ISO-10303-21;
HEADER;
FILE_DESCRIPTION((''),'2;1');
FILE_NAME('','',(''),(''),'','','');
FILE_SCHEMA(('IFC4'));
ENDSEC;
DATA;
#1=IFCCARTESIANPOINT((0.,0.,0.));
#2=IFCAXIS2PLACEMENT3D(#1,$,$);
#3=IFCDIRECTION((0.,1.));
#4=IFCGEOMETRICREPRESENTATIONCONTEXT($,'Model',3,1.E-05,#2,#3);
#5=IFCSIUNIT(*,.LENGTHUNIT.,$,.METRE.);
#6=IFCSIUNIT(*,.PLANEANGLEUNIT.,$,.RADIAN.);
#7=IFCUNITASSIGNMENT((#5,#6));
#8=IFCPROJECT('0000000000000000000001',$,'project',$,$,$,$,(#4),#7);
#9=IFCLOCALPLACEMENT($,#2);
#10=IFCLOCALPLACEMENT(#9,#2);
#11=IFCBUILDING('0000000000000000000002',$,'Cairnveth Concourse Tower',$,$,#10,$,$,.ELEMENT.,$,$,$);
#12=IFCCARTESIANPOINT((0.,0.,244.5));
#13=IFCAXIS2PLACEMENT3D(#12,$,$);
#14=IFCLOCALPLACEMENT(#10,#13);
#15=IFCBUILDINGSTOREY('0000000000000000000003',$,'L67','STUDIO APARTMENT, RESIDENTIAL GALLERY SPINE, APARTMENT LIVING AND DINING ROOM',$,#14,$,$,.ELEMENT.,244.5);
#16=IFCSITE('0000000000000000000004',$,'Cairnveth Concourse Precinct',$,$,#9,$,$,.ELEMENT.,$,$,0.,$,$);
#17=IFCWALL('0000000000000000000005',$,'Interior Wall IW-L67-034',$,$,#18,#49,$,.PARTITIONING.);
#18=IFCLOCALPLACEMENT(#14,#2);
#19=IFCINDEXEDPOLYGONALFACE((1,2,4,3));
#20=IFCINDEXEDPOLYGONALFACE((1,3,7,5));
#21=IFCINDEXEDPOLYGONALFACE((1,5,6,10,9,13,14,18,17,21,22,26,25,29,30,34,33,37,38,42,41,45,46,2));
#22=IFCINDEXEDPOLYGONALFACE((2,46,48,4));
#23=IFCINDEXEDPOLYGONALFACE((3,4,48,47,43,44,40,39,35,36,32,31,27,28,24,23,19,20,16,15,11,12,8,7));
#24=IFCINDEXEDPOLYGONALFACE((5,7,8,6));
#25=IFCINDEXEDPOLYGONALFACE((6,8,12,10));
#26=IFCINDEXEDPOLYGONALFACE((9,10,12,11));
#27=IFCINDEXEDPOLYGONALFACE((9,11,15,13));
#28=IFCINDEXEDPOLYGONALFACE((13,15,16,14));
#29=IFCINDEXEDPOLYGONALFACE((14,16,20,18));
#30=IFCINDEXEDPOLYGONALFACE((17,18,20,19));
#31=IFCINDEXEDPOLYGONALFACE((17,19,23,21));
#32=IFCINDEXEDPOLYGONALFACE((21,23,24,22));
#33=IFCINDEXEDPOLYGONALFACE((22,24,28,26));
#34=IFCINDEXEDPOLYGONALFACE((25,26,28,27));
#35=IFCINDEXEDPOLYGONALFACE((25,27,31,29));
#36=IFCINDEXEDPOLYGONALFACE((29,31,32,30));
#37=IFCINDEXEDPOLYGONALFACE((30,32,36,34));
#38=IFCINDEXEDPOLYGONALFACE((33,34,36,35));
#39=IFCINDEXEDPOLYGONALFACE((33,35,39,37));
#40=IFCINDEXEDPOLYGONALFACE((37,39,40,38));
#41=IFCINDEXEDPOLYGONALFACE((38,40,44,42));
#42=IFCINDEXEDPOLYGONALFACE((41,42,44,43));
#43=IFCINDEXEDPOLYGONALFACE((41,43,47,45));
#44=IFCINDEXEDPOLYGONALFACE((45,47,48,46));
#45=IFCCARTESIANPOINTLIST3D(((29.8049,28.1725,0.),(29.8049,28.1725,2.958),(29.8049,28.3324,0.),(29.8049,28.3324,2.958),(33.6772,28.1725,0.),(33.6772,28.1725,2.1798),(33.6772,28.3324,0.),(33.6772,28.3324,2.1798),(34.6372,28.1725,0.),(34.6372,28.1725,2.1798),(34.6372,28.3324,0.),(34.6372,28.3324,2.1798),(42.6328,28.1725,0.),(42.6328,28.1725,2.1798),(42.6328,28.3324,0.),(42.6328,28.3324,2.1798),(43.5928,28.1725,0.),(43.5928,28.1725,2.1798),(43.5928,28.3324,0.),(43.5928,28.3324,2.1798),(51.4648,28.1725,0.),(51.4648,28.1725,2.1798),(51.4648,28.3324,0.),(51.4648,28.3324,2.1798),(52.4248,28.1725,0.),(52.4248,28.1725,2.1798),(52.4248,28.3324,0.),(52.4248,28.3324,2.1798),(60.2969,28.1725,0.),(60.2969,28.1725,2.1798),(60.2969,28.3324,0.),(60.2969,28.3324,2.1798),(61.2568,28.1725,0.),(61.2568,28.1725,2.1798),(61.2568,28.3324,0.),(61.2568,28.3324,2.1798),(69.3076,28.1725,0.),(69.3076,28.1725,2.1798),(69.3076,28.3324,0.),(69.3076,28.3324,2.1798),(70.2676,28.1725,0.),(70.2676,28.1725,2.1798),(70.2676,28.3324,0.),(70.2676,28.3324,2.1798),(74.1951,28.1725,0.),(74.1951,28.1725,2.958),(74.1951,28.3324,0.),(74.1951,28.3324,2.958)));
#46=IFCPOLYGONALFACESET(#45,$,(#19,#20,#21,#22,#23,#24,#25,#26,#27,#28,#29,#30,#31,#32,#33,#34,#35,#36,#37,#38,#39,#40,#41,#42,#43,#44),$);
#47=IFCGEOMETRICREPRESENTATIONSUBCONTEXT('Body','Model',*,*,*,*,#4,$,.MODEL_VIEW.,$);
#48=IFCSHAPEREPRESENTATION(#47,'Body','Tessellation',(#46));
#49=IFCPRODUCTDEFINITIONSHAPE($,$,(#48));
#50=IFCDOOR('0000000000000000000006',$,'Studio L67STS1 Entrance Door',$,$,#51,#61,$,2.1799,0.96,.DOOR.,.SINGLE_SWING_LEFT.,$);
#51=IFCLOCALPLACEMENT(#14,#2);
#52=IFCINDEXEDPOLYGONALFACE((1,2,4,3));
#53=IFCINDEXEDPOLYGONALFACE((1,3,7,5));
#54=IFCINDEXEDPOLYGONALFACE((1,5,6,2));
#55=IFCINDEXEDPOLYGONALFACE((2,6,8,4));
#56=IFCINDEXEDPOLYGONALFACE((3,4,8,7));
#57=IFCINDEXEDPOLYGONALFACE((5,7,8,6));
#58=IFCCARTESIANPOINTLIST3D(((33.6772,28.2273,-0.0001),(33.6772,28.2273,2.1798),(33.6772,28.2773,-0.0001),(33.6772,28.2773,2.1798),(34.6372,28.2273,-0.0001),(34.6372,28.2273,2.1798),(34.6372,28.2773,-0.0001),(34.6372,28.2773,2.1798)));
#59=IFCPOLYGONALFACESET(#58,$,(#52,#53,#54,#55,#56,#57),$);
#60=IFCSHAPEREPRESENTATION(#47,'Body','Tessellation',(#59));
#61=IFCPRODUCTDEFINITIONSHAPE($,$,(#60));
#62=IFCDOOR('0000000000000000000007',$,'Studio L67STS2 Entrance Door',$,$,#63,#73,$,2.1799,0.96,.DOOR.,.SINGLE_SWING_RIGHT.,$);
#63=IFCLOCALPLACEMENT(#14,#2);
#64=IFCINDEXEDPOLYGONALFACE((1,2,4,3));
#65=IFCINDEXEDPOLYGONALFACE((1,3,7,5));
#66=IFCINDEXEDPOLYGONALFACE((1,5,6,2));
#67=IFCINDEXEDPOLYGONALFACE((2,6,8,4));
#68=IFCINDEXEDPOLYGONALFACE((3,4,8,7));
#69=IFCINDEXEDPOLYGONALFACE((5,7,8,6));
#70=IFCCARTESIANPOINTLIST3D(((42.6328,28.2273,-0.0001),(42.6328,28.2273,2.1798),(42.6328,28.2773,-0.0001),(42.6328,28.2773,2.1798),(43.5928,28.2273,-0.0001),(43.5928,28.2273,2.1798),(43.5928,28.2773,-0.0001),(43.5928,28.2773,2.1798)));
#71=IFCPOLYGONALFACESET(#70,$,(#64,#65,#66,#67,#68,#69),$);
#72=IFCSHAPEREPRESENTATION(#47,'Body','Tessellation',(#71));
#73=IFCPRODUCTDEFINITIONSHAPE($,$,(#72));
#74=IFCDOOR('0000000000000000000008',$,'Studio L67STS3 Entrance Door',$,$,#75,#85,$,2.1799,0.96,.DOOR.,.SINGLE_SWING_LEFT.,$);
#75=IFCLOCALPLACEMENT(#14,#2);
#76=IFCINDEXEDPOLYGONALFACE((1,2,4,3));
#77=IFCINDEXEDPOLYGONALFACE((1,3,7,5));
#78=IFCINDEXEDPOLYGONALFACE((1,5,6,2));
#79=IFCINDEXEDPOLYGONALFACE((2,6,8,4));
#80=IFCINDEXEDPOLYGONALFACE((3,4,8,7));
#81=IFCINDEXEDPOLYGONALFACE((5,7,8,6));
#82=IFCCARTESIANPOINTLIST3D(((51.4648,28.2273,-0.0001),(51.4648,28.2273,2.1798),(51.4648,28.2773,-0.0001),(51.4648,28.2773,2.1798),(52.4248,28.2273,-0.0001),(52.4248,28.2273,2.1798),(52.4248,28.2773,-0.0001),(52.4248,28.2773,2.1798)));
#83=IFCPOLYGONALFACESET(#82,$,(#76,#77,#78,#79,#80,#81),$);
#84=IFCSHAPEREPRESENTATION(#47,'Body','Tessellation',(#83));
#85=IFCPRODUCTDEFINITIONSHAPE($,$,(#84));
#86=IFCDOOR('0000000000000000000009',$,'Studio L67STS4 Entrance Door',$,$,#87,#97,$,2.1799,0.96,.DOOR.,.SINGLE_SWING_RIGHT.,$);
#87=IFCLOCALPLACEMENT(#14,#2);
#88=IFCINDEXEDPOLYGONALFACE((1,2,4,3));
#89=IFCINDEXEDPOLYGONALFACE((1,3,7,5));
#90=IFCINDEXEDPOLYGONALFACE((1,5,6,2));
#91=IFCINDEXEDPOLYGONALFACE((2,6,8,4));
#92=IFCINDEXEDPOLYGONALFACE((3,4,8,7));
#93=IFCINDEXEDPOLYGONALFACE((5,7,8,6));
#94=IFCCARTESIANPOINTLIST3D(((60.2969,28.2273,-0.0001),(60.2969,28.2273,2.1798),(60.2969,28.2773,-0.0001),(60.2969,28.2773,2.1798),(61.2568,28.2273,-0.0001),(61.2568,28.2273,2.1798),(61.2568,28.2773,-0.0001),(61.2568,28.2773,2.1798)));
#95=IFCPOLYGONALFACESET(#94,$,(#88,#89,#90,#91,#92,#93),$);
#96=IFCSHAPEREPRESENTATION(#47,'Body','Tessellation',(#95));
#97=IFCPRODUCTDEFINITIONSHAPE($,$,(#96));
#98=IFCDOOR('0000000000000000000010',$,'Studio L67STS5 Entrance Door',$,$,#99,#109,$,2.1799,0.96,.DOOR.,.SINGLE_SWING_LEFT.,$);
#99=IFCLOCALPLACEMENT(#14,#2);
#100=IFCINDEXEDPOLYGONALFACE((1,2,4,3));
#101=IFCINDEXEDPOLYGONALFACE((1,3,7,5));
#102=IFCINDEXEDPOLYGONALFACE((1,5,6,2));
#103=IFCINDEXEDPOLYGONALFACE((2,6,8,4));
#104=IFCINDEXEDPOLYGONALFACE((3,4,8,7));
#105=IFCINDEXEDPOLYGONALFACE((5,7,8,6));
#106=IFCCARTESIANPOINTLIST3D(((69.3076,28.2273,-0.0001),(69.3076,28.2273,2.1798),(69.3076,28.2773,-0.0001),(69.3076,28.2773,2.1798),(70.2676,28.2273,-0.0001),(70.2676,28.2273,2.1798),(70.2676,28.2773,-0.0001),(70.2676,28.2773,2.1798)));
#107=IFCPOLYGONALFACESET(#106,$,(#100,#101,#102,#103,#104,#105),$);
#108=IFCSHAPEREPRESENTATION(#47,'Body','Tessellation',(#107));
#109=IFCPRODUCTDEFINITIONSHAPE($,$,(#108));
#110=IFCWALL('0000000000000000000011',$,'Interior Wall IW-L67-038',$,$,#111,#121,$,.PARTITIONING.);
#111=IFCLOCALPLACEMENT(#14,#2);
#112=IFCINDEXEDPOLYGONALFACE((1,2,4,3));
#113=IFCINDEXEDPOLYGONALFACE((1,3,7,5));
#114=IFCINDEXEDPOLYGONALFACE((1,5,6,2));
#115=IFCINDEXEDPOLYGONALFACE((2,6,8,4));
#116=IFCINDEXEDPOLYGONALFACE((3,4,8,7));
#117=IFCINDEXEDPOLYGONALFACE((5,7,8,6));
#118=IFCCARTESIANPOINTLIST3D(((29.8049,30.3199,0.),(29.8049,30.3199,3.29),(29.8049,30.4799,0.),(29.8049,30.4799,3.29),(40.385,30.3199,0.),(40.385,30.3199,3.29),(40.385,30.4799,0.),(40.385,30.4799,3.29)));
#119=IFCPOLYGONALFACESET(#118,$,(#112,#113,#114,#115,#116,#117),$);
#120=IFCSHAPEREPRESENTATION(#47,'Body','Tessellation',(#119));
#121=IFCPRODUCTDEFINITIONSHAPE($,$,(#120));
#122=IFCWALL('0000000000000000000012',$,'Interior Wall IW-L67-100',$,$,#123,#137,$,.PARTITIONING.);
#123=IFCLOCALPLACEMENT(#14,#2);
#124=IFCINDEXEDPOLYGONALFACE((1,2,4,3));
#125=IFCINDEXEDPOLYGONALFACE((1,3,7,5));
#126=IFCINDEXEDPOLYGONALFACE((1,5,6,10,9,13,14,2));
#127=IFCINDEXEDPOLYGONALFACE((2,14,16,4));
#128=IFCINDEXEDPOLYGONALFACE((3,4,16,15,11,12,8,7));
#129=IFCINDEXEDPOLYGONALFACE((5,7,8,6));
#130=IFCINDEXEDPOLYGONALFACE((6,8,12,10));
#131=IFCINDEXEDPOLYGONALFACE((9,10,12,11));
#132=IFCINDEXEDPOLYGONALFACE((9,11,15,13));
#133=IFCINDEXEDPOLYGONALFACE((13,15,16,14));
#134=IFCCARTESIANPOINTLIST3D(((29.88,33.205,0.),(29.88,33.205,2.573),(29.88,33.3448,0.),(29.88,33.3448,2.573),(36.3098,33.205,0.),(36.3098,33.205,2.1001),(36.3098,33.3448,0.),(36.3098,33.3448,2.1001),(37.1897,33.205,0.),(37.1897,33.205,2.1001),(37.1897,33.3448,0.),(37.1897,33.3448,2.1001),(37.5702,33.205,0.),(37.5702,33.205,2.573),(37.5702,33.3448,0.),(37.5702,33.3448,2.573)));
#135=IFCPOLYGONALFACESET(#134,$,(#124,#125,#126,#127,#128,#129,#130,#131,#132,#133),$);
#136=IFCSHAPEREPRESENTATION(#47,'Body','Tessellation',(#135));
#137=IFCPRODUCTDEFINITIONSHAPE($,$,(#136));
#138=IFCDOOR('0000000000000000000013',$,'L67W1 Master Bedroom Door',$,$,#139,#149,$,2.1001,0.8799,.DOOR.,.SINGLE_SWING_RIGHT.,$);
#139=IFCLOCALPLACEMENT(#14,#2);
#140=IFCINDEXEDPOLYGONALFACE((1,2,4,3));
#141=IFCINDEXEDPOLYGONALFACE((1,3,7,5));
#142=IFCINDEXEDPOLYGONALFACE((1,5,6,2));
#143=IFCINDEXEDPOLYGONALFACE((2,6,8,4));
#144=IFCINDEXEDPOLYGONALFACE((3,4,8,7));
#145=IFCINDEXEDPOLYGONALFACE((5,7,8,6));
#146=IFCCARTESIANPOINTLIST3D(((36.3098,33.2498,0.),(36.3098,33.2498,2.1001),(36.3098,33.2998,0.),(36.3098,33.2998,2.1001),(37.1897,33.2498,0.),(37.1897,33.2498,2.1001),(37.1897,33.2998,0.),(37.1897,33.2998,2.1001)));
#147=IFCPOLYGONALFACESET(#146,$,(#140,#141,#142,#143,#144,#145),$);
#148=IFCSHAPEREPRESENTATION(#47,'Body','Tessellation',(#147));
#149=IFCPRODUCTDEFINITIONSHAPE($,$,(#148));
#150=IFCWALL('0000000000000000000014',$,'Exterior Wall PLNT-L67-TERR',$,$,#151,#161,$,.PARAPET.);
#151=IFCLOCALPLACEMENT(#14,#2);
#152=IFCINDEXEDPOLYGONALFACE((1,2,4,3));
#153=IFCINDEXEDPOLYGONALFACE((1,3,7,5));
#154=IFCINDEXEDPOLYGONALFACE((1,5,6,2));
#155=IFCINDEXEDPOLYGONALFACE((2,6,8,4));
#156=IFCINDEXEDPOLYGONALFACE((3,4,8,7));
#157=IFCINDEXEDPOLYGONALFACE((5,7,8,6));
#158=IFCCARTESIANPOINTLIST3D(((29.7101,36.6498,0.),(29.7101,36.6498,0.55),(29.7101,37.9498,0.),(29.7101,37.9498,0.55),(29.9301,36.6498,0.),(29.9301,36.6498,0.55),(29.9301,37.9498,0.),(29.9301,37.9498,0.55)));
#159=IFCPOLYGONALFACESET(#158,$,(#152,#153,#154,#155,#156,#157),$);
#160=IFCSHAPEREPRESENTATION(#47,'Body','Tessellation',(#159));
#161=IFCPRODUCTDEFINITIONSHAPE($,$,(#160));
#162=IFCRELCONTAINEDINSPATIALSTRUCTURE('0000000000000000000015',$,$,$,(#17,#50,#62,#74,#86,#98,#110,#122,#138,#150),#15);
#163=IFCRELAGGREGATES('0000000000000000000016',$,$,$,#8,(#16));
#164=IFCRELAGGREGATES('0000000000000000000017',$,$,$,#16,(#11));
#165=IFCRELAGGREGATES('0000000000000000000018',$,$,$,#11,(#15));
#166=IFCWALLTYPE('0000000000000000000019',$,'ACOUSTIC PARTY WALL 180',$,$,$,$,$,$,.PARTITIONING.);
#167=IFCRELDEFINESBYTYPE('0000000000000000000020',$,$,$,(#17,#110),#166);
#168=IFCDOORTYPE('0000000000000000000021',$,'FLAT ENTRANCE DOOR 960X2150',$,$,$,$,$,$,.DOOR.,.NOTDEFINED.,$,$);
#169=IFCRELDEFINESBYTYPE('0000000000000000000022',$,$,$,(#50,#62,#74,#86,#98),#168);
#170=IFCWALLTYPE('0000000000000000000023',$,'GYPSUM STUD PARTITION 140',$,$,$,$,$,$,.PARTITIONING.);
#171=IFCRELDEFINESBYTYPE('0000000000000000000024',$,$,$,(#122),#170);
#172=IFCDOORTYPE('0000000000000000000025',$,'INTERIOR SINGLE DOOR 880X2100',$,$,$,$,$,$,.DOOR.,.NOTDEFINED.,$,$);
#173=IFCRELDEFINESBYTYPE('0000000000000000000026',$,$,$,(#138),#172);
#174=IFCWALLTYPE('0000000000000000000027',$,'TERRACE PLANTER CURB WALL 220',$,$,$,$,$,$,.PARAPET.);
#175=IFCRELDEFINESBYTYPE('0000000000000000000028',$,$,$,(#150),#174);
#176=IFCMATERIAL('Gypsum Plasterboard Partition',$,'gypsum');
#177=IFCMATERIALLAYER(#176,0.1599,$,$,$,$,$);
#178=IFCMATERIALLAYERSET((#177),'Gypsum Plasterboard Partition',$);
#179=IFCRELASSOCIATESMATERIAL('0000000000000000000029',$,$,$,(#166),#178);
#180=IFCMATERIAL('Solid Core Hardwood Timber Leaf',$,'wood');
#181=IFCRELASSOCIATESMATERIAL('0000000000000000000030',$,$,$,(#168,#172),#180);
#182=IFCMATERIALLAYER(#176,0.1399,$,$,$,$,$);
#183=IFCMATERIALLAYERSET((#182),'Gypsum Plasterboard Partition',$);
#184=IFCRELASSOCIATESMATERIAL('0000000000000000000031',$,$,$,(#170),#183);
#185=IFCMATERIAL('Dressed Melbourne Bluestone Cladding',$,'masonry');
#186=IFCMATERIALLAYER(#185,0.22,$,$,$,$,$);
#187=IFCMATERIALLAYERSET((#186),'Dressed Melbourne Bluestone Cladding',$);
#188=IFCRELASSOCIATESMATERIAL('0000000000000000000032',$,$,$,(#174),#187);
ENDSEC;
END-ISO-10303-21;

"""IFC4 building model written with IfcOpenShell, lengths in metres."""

from ifc_helpers import new_model, si_unit, direction, frame, frame_2d, origin, place, context, subcontext, project, spatial, rectangle, extrude, material, layer, layer_set, type_object, element, fill, save


model = new_model("IFC4")

# Units and contexts
model_context = context("Model", 3, precision=1e-05, world=origin(), true_north=direction((0.0, 1.0)))
body_context = subcontext(model_context, "Body", "Model", "MODEL_VIEW")
ifc_project = project(units=[si_unit("LENGTHUNIT", "METRE"), si_unit("PLANEANGLEUNIT", "RADIAN")], contexts=[model_context])

# Site, building, storey
site_placement = place(None, origin())
site = spatial("IfcSite", under=ifc_project, at=site_placement, Name="Cairnveth Concourse Precinct", CompositionType="ELEMENT", RefElevation=0.0)
building_placement = place(site_placement, origin())
building = spatial("IfcBuilding", under=site, at=building_placement, Name="Cairnveth Concourse Tower", CompositionType="ELEMENT")
storey_placement = place(building_placement, frame((0.0, 0.0, 244.5)))
storey = spatial("IfcBuildingStorey", under=building, at=storey_placement, Name="L67", Description="STUDIO APARTMENT, RESIDENTIAL GALLERY SPINE, APARTMENT LIVING AND DINING ROOM", CompositionType="ELEMENT", Elevation=244.5)

# Wall, openings, doors
ifc_material_1 = material(Name="Gypsum Plasterboard Partition", Category="gypsum")
ifc_layer_1 = layer(ifc_material_1, 0.1599)
ifc_layer_set_1 = layer_set([ifc_layer_1], Name="Gypsum Plasterboard Partition")
wall_type_1 = type_object("IfcWallType", Name="ACOUSTIC PARTY WALL 180", PredefinedType="PARTITIONING", material=ifc_layer_set_1)
wall_1_placement = place(storey_placement, frame((29.8049, 28.2524, 0.0), z_axis=(0.0, 0.0, 1.0), x_axis=(1.0, 0.0, 0.0)))
wall_1 = element("IfcWall", 1, at=wall_1_placement, inside=storey, type_object=wall_type_1, Name="Interior Wall IW-L67-034", PredefinedType="PARTITIONING", context=body_context, shape_type="SweptSolid", body=[
    extrude(rectangle(XDim=44.3901, YDim=0.1599, at=frame_2d((22.1951, 0.0))), origin(), (0.0, 0.0, 1.0), 2.958),
])
opening_1_placement = place(wall_1_placement, frame((3.8723, 0.0, 0.0)))
opening_1 = element("IfcOpeningElement", 2, at=opening_1_placement, cuts=wall_1, PredefinedType="OPENING", context=body_context, shape_type="SweptSolid", body=[
    extrude(rectangle(XDim=0.96, YDim=2.1799, at=frame_2d((0.48, 1.0898))), frame((0.0, 0.0898, 0.0), z_axis=(0.0, -1.0, 0.0), x_axis=(1.0, 0.0, 0.0)), (0.0, 0.0, 1.0), 0.1799),
])
opening_2_placement = place(wall_1_placement, frame((12.8279, 0.0, 0.0)))
opening_2 = element("IfcOpeningElement", 3, at=opening_2_placement, cuts=wall_1, PredefinedType="OPENING", context=body_context, shape_type="SweptSolid", body=[
    extrude(rectangle(XDim=0.96, YDim=2.1799, at=frame_2d((0.48, 1.0898))), frame((0.0, 0.0898, 0.0), z_axis=(0.0, -1.0, 0.0), x_axis=(1.0, 0.0, 0.0)), (0.0, 0.0, 1.0), 0.1799),
])
opening_3_placement = place(wall_1_placement, frame((21.6599, 0.0, 0.0)))
opening_3 = element("IfcOpeningElement", 4, at=opening_3_placement, cuts=wall_1, PredefinedType="OPENING", context=body_context, shape_type="SweptSolid", body=[
    extrude(rectangle(XDim=0.96, YDim=2.1799, at=frame_2d((0.48, 1.0898))), frame((0.0, 0.0898, 0.0), z_axis=(0.0, -1.0, 0.0), x_axis=(1.0, 0.0, 0.0)), (0.0, 0.0, 1.0), 0.1799),
])
opening_4_placement = place(wall_1_placement, frame((30.4919, 0.0, 0.0)))
opening_4 = element("IfcOpeningElement", 5, at=opening_4_placement, cuts=wall_1, PredefinedType="OPENING", context=body_context, shape_type="SweptSolid", body=[
    extrude(rectangle(XDim=0.96, YDim=2.1799, at=frame_2d((0.48, 1.0898))), frame((0.0, 0.0898, 0.0), z_axis=(0.0, -1.0, 0.0), x_axis=(1.0, 0.0, 0.0)), (0.0, 0.0, 1.0), 0.1799),
])
opening_5_placement = place(wall_1_placement, frame((39.5027, 0.0, 0.0)))
opening_5 = element("IfcOpeningElement", 6, at=opening_5_placement, cuts=wall_1, PredefinedType="OPENING", context=body_context, shape_type="SweptSolid", body=[
    extrude(rectangle(XDim=0.96, YDim=2.1799, at=frame_2d((0.48, 1.0898))), frame((0.0, 0.0898, 0.0), z_axis=(0.0, -1.0, 0.0), x_axis=(1.0, 0.0, 0.0)), (0.0, 0.0, 1.0), 0.1799),
])
ifc_material_2 = material(Name="Solid Core Hardwood Timber Leaf", Category="wood")
door_type_1 = type_object("IfcDoorType", Name="FLAT ENTRANCE DOOR 960X2150", OperationType="NOTDEFINED", PredefinedType="DOOR", material=ifc_material_2)
door_1_placement = place(opening_1_placement, origin())
door_1 = element("IfcDoor", 7, at=door_1_placement, inside=storey, type_object=door_type_1, Name="Studio L67STS1 Entrance Door", OperationType="SINGLE_SWING_LEFT", OverallHeight=2.1799, OverallWidth=0.96, PredefinedType="DOOR", context=body_context, shape_type="SweptSolid", body=[
    extrude(rectangle(XDim=0.96, YDim=2.1799, at=frame_2d((0.48, 1.0898))), frame((0.0, 0.0249, 0.0), z_axis=(0.0, -1.0, 0.0), x_axis=(1.0, 0.0, 0.0)), (0.0, 0.0, 1.0), 0.05),
])
fill(opening_1, door_1)
door_2_placement = place(opening_2_placement, origin())
door_2 = element("IfcDoor", 8, at=door_2_placement, inside=storey, type_object=door_type_1, Name="Studio L67STS2 Entrance Door", OperationType="SINGLE_SWING_RIGHT", OverallHeight=2.1799, OverallWidth=0.96, PredefinedType="DOOR", context=body_context, shape_type="SweptSolid", body=[
    extrude(rectangle(XDim=0.96, YDim=2.1799, at=frame_2d((0.48, 1.0898))), frame((0.0, 0.0249, 0.0), z_axis=(0.0, -1.0, 0.0), x_axis=(1.0, 0.0, 0.0)), (0.0, 0.0, 1.0), 0.05),
])
fill(opening_2, door_2)
door_3_placement = place(opening_3_placement, origin())
door_3 = element("IfcDoor", 9, at=door_3_placement, inside=storey, type_object=door_type_1, Name="Studio L67STS3 Entrance Door", OperationType="SINGLE_SWING_LEFT", OverallHeight=2.1799, OverallWidth=0.96, PredefinedType="DOOR", context=body_context, shape_type="SweptSolid", body=[
    extrude(rectangle(XDim=0.96, YDim=2.1799, at=frame_2d((0.48, 1.0898))), frame((0.0, 0.0249, 0.0), z_axis=(0.0, -1.0, 0.0), x_axis=(1.0, 0.0, 0.0)), (0.0, 0.0, 1.0), 0.05),
])
fill(opening_3, door_3)
door_4_placement = place(opening_4_placement, origin())
door_4 = element("IfcDoor", 10, at=door_4_placement, inside=storey, type_object=door_type_1, Name="Studio L67STS4 Entrance Door", OperationType="SINGLE_SWING_RIGHT", OverallHeight=2.1799, OverallWidth=0.96, PredefinedType="DOOR", context=body_context, shape_type="SweptSolid", body=[
    extrude(rectangle(XDim=0.96, YDim=2.1799, at=frame_2d((0.48, 1.0898))), frame((0.0, 0.0249, 0.0), z_axis=(0.0, -1.0, 0.0), x_axis=(1.0, 0.0, 0.0)), (0.0, 0.0, 1.0), 0.05),
])
fill(opening_4, door_4)
door_5_placement = place(opening_5_placement, origin())
door_5 = element("IfcDoor", 11, at=door_5_placement, inside=storey, type_object=door_type_1, Name="Studio L67STS5 Entrance Door", OperationType="SINGLE_SWING_LEFT", OverallHeight=2.1799, OverallWidth=0.96, PredefinedType="DOOR", context=body_context, shape_type="SweptSolid", body=[
    extrude(rectangle(XDim=0.96, YDim=2.1799, at=frame_2d((0.48, 1.0898))), frame((0.0, 0.0249, 0.0), z_axis=(0.0, -1.0, 0.0), x_axis=(1.0, 0.0, 0.0)), (0.0, 0.0, 1.0), 0.05),
])
fill(opening_5, door_5)

# Wall
wall_2_placement = place(storey_placement, frame((29.8049, 30.3999, 0.0), z_axis=(0.0, 0.0, 1.0), x_axis=(1.0, 0.0, 0.0)))
element("IfcWall", 12, at=wall_2_placement, inside=storey, type_object=wall_type_1, Name="Interior Wall IW-L67-038", PredefinedType="PARTITIONING", context=body_context, shape_type="SweptSolid", body=[
    extrude(rectangle(XDim=10.5801, YDim=0.1599, at=frame_2d((5.29, 0.0))), origin(), (0.0, 0.0, 1.0), 3.29),
])

# Wall, opening, door
ifc_layer_2 = layer(ifc_material_1, 0.1399)
ifc_layer_set_2 = layer_set([ifc_layer_2], Name="Gypsum Plasterboard Partition")
wall_type_2 = type_object("IfcWallType", Name="GYPSUM STUD PARTITION 140", PredefinedType="PARTITIONING", material=ifc_layer_set_2)
wall_3_placement = place(storey_placement, frame((29.8799, 33.2749, 0.0), z_axis=(0.0, 0.0, 1.0), x_axis=(1.0, 0.0, 0.0)))
wall_3 = element("IfcWall", 13, at=wall_3_placement, inside=storey, type_object=wall_type_2, Name="Interior Wall IW-L67-100", PredefinedType="PARTITIONING", context=body_context, shape_type="SweptSolid", body=[
    extrude(rectangle(XDim=7.6902, YDim=0.1399, at=frame_2d((3.8452, 0.0))), origin(), (0.0, 0.0, 1.0), 2.573),
])
opening_6_placement = place(wall_3_placement, frame((6.4299, 0.0, 0.0)))
opening_6 = element("IfcOpeningElement", 14, at=opening_6_placement, cuts=wall_3, PredefinedType="OPENING", context=body_context, shape_type="SweptSolid", body=[
    extrude(rectangle(XDim=0.8799, YDim=2.1001, at=frame_2d((0.4399, 1.05))), frame((0.0, 0.0798, 0.0), z_axis=(0.0, -1.0, 0.0), x_axis=(1.0, 0.0, 0.0)), (0.0, 0.0, 1.0), 0.1599),
])
door_type_2 = type_object("IfcDoorType", Name="INTERIOR SINGLE DOOR 880X2100", OperationType="NOTDEFINED", PredefinedType="DOOR", material=ifc_material_2)
door_6_placement = place(opening_6_placement, origin())
door_6 = element("IfcDoor", 15, at=door_6_placement, inside=storey, type_object=door_type_2, Name="L67W1 Master Bedroom Door", OperationType="SINGLE_SWING_RIGHT", OverallHeight=2.1001, OverallWidth=0.8799, PredefinedType="DOOR", context=body_context, shape_type="SweptSolid", body=[
    extrude(rectangle(XDim=0.8799, YDim=2.1001, at=frame_2d((0.4399, 1.05))), frame((0.0, 0.0249, 0.0), z_axis=(0.0, -1.0, 0.0), x_axis=(1.0, 0.0, 0.0)), (0.0, 0.0, 1.0), 0.05),
])
fill(opening_6, door_6)

# Wall
ifc_material_3 = material(Name="Dressed Melbourne Bluestone Cladding", Category="masonry")
ifc_layer_3 = layer(ifc_material_3, 0.22)
ifc_layer_set_3 = layer_set([ifc_layer_3], Name="Dressed Melbourne Bluestone Cladding")
wall_type_3 = type_object("IfcWallType", Name="TERRACE PLANTER CURB WALL 220", PredefinedType="PARAPET", material=ifc_layer_set_3)
wall_4_placement = place(storey_placement, frame((29.8201, 36.6499, 0.0), z_axis=(0.0, 0.0, 1.0), x_axis=(0.0, 1.0, 0.0)))
element("IfcWall", 16, at=wall_4_placement, inside=storey, type_object=wall_type_3, Name="Exterior Wall PLNT-L67-TERR", PredefinedType="PARAPET", context=body_context, shape_type="SweptSolid", body=[
    extrude(rectangle(XDim=1.3, YDim=0.22, at=frame_2d((0.6499, 0.0))), origin(), (0.0, 0.0, 1.0), 0.55),
])

save(model, "model.ifc")
